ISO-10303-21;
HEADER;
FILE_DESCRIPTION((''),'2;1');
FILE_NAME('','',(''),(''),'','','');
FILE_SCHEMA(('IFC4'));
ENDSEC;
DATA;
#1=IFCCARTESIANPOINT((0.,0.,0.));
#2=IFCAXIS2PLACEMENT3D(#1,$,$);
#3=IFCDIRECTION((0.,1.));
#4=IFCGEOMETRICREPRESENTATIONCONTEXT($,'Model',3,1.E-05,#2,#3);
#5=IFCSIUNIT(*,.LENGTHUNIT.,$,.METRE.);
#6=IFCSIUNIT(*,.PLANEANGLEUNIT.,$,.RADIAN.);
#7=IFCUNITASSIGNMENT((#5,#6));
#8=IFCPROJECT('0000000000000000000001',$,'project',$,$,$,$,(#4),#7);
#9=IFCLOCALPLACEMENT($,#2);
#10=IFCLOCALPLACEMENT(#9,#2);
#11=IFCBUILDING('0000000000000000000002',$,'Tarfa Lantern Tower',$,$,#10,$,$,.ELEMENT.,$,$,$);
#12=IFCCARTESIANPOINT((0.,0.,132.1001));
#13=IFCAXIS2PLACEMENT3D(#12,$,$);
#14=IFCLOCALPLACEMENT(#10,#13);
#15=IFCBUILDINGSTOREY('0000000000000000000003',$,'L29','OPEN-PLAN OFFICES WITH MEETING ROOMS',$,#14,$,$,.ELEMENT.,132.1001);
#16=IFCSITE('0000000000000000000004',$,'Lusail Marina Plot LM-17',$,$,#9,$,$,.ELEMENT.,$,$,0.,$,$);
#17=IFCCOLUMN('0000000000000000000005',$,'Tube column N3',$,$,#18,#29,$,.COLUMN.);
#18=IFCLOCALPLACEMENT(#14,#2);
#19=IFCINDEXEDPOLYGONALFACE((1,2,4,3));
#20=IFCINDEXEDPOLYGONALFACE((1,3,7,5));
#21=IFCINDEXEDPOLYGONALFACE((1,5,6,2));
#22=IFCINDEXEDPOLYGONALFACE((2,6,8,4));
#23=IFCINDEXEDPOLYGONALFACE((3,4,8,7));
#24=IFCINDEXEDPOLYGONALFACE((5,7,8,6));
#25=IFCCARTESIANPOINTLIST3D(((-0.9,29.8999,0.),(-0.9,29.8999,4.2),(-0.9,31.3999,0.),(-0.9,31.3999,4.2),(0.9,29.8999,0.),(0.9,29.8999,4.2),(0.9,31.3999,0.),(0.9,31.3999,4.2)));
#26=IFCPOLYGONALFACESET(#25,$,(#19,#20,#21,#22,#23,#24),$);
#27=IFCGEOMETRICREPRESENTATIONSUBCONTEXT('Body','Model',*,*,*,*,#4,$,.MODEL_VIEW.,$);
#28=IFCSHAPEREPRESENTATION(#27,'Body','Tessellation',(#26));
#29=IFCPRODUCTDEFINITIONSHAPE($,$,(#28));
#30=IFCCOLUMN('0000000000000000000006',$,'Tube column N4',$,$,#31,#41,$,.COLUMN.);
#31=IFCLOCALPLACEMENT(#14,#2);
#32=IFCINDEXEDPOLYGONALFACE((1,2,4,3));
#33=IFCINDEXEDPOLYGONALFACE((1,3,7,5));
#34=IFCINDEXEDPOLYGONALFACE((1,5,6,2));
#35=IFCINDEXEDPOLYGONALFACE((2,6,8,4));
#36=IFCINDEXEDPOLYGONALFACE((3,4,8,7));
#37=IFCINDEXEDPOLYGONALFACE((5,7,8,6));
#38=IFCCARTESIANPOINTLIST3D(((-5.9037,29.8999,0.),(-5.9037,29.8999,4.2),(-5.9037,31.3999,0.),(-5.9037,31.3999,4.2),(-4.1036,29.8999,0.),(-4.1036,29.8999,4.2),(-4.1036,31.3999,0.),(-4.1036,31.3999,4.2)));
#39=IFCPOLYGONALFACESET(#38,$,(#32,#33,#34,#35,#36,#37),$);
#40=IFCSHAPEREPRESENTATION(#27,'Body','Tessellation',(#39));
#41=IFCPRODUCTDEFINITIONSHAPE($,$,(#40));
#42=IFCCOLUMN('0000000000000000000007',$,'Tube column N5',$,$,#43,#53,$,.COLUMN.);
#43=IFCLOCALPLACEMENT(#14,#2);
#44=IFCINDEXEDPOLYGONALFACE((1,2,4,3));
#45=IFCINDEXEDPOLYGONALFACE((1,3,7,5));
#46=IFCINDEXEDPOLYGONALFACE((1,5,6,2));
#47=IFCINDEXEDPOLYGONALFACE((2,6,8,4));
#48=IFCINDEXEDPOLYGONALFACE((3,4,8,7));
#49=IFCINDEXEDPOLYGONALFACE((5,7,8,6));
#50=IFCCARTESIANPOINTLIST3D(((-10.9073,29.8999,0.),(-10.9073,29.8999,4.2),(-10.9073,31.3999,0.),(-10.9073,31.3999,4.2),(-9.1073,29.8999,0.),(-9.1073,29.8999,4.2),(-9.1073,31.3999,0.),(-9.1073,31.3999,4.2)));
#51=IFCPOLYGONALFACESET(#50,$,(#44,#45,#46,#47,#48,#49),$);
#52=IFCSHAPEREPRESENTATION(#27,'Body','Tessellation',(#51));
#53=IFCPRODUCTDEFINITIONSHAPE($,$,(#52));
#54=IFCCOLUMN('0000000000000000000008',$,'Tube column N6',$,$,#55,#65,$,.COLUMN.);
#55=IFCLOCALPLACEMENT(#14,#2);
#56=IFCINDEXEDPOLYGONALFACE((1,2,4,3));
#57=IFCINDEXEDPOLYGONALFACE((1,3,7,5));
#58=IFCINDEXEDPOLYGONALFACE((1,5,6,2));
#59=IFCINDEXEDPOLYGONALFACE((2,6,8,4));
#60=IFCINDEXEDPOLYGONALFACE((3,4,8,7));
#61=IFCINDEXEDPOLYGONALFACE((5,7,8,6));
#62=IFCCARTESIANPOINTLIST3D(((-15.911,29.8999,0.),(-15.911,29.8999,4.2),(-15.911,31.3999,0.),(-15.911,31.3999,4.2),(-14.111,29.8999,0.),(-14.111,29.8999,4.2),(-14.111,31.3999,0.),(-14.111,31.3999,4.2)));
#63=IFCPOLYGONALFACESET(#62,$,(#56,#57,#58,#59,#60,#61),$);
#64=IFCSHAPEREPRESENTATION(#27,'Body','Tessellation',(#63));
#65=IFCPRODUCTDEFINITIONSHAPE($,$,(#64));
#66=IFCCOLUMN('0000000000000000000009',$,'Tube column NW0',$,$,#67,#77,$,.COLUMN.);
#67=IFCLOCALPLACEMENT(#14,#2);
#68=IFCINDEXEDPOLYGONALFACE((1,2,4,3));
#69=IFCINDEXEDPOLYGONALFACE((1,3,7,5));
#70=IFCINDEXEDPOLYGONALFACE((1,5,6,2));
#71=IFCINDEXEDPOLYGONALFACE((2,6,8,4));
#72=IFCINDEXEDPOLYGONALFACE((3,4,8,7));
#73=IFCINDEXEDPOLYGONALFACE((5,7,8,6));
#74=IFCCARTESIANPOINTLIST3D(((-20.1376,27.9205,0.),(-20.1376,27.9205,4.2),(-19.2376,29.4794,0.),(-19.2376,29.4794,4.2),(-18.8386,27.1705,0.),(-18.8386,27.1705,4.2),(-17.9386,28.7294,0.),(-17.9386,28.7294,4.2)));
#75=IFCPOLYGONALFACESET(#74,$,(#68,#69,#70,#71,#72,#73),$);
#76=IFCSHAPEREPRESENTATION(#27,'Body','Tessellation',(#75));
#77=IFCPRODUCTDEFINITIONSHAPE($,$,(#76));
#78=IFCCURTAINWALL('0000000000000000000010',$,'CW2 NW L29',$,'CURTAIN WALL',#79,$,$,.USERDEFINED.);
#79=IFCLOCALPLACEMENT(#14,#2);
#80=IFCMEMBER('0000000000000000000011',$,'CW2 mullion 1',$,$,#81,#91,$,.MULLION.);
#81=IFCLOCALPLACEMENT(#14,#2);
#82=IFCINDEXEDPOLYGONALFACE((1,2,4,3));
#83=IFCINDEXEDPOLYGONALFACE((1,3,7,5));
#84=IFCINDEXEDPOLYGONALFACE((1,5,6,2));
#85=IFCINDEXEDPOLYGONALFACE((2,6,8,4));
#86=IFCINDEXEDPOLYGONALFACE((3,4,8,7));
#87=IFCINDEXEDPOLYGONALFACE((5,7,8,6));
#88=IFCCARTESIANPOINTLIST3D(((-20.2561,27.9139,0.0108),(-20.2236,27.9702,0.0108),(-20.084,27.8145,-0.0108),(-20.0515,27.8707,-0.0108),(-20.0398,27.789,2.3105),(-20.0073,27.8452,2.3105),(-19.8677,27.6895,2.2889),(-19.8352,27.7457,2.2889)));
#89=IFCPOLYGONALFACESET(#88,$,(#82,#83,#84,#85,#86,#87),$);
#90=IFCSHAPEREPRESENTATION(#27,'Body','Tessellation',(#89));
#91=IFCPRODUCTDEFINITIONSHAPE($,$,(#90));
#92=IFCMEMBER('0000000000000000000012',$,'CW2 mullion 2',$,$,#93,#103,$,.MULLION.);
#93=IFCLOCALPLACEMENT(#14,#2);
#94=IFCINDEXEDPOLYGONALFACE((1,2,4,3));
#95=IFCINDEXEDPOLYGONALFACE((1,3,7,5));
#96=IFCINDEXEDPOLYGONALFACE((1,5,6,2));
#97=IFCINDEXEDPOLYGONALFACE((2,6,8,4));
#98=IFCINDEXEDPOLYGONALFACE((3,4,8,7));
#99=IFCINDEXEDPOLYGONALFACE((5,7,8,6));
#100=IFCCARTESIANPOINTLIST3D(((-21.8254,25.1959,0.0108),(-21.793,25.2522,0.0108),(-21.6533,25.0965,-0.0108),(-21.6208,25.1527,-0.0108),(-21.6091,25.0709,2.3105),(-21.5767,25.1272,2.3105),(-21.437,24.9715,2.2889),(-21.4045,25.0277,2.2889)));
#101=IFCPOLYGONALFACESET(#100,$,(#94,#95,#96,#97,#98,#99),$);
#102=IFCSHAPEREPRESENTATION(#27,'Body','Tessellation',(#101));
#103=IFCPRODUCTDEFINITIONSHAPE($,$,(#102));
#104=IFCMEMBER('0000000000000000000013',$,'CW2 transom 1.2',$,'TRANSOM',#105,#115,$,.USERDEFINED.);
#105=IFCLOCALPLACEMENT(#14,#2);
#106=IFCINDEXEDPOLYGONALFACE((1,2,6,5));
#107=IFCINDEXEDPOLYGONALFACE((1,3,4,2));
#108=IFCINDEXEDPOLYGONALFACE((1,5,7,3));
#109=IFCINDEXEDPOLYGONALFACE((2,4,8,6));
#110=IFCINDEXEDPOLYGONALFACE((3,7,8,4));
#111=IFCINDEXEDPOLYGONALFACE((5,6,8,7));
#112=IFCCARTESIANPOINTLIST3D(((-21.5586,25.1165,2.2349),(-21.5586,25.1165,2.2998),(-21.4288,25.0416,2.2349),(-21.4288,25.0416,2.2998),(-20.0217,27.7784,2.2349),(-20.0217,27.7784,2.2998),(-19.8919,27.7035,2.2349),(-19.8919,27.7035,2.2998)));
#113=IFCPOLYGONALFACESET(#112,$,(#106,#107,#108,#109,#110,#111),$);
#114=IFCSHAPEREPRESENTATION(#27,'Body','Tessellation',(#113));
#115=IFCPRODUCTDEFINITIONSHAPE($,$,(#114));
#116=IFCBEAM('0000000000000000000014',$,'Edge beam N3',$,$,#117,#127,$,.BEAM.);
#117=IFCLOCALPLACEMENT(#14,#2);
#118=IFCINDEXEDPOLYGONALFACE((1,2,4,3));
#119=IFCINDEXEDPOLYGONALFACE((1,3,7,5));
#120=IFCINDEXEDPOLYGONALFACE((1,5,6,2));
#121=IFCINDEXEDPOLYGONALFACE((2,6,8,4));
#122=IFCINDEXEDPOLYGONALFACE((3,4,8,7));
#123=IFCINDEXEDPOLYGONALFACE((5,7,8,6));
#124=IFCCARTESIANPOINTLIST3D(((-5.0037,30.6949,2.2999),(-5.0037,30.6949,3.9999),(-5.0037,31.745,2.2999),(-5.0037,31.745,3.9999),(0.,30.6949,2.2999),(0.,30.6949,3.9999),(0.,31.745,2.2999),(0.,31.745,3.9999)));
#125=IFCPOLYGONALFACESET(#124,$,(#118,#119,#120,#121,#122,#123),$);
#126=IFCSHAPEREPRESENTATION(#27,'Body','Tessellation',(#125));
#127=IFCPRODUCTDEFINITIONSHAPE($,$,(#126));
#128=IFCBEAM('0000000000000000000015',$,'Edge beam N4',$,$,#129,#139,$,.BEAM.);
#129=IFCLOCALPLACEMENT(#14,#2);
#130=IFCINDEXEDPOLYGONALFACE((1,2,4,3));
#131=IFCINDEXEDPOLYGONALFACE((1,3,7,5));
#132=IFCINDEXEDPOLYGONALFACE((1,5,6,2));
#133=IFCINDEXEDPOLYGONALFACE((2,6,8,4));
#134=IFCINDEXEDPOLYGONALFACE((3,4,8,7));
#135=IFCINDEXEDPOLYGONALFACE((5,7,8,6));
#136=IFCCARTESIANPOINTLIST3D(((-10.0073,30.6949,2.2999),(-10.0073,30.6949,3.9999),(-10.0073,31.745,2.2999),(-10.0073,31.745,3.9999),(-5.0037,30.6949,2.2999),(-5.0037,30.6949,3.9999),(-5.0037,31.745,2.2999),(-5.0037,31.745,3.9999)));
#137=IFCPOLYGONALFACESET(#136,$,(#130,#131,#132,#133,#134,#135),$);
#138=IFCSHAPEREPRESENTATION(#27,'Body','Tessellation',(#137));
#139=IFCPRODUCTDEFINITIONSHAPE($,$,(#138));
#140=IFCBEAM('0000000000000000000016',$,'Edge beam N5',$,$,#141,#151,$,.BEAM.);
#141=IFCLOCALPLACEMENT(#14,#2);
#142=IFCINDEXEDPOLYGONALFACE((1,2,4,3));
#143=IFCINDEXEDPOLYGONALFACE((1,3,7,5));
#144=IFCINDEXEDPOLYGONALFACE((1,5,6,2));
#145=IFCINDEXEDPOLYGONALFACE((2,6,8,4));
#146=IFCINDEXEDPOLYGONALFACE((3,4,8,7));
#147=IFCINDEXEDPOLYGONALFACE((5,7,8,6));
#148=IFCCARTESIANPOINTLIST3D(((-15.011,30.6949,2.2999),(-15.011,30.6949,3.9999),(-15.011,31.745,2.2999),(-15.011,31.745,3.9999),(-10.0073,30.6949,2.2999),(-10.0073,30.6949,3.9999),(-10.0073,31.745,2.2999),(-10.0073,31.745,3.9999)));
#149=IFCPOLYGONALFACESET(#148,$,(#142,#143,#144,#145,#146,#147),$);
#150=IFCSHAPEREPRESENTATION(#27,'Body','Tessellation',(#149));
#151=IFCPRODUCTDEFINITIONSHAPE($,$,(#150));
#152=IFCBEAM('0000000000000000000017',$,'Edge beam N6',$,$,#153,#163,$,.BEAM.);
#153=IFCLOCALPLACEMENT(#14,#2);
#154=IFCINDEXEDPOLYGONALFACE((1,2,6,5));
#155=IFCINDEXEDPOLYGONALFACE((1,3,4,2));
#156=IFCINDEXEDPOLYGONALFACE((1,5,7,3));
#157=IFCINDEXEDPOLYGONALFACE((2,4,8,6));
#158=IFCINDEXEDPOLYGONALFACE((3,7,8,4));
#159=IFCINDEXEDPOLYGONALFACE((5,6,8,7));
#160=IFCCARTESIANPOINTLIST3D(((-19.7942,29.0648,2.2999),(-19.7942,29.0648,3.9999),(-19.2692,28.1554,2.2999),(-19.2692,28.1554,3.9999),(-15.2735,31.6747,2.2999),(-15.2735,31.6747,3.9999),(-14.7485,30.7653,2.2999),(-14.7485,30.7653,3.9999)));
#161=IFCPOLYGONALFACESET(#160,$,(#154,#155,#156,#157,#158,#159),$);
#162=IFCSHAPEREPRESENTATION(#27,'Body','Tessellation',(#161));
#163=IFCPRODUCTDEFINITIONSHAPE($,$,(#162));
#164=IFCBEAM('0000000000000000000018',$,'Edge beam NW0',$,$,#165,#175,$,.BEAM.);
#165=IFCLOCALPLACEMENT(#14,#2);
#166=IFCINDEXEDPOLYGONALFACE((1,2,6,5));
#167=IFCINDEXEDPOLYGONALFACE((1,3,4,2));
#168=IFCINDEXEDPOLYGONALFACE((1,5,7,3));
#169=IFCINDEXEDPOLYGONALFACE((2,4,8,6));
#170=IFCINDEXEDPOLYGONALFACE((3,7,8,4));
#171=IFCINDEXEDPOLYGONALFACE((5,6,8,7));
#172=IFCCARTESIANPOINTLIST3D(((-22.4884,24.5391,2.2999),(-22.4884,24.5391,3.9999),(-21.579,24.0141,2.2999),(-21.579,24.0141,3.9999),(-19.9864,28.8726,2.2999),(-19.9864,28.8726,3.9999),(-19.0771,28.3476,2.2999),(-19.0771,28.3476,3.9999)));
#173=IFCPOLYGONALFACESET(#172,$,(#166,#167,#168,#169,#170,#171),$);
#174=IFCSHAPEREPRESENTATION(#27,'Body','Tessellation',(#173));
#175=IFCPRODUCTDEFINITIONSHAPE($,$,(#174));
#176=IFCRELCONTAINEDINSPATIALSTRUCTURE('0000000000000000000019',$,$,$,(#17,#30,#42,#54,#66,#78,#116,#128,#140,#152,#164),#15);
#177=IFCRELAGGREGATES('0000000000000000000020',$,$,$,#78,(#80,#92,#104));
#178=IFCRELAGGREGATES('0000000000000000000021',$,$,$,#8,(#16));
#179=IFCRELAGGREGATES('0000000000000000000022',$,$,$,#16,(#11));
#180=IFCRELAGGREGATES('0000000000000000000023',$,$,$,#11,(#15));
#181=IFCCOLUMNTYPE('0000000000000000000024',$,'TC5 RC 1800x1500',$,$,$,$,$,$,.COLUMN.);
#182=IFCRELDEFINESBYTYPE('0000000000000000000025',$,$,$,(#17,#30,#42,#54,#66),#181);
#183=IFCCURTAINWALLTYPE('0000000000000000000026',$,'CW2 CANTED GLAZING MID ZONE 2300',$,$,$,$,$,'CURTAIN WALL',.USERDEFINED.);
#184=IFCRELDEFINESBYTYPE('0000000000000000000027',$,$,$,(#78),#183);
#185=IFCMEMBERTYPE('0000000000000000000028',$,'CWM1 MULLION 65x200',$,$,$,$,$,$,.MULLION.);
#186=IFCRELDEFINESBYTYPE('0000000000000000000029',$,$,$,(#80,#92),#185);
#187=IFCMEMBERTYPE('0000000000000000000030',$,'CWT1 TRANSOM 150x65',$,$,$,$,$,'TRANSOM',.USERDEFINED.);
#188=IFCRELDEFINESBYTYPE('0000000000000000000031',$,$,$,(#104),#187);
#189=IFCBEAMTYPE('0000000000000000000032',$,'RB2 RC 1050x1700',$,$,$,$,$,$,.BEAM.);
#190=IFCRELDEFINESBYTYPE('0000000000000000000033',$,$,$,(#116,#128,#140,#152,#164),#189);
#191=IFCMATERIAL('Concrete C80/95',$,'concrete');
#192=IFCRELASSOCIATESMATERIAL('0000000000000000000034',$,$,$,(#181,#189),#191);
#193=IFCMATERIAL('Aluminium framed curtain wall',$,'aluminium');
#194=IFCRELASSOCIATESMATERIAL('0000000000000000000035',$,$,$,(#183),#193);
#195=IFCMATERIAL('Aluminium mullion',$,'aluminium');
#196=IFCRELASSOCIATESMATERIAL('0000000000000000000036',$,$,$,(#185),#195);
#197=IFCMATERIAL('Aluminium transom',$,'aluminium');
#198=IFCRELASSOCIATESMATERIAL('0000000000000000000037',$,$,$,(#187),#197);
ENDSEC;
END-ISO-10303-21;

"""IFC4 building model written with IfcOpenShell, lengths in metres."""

from ifc_helpers import new_model, si_unit, direction, frame, origin, origin_2d, place, context, subcontext, project, spatial, rectangle, extrude, material, material_profile, profile_set, type_object, element, aggregate, save


model = new_model("IFC4")

# Units and contexts
model_context = context("Model", 3, precision=1e-05, world=origin(), true_north=direction((0.0, 1.0)))
body_context = subcontext(model_context, "Body", "Model", "MODEL_VIEW")
ifc_project = project(units=[si_unit("LENGTHUNIT", "METRE"), si_unit("PLANEANGLEUNIT", "RADIAN")], contexts=[model_context])

# Site, building, storey
site_placement = place(None, origin())
site = spatial("IfcSite", under=ifc_project, at=site_placement, Name="Lusail Marina Plot LM-17", CompositionType="ELEMENT", RefElevation=0.0)
building_placement = place(site_placement, origin())
building = spatial("IfcBuilding", under=site, at=building_placement, Name="Tarfa Lantern Tower", CompositionType="ELEMENT")
storey_placement = place(building_placement, frame((0.0, 0.0, 132.1001)))
storey = spatial("IfcBuildingStorey", under=building, at=storey_placement, Name="L29", Description="OPEN-PLAN OFFICES WITH MEETING ROOMS", CompositionType="ELEMENT", Elevation=132.1001)

# Columns
ifc_material_1 = material(Name="Concrete C80/95", Category="concrete")
ifc_material_profile_1 = material_profile(ifc_material_1, rectangle(XDim=1.8, YDim=1.5, at=origin_2d()), Name="RC 1800x1500")
ifc_profile_set_1 = profile_set([ifc_material_profile_1], Name="Concrete C80/95")
column_type = type_object("IfcColumnType", Name="TC5 RC 1800x1500", PredefinedType="COLUMN", material=ifc_profile_set_1)
for number, where, z_axis, x_axis, name in (
    (1, (0.0, 30.6499, 0.0), (0.0, 0.0, 1.0), (-1.0, 0.0, 0.0), "Tube column N3"),
    (2, (-5.0037, 30.6499, 0.0), (0.0, 0.0, 1.0), (-1.0, 0.0, 0.0), "Tube column N4"),
    (3, (-10.0073, 30.6499, 0.0), (0.0, 0.0, 1.0), (-1.0, 0.0, 0.0), "Tube column N5"),
    (4, (-15.011, 30.6499, 0.0), (0.0, 0.0, 1.0), (-1.0, 0.0, 0.0), "Tube column N6"),
    (5, (-19.0381, 28.325, 0.0), (0.0, 0.0, 1.0), (-0.5, -0.866025, 0.0), "Tube column NW0"),
):
    element("IfcColumn", number, at=place(storey_placement, frame(where, z_axis=z_axis, x_axis=x_axis)), inside=storey, type_object=column_type, Name=name, PredefinedType="COLUMN", context=body_context, shape_type="SweptSolid", body=[
        extrude(rectangle(XDim=1.8, YDim=1.5, at=origin_2d()), origin(), (0.0, 0.0, 1.0), 4.2),
    ])

# Curtain wall, members
ifc_material_2 = material(Name="Aluminium framed curtain wall", Category="aluminium")
curtain_wall_type = type_object("IfcCurtainWallType", Name="CW2 CANTED GLAZING MID ZONE 2300", ElementType="CURTAIN WALL", PredefinedType="USERDEFINED", material=ifc_material_2)
curtain_wall_placement = place(storey_placement, origin())
curtain_wall = element("IfcCurtainWall", 6, at=curtain_wall_placement, inside=storey, type_object=curtain_wall_type, Name="CW2 NW L29", ObjectType="CURTAIN WALL", PredefinedType="USERDEFINED")
ifc_material_3 = material(Name="Aluminium mullion", Category="aluminium")
ifc_material_profile_2 = material_profile(ifc_material_3, rectangle(XDim=0.0649, YDim=0.2, at=origin_2d()), Name="AL MULLION 65x200")
ifc_profile_set_2 = profile_set([ifc_material_profile_2], Name="Aluminium mullion")
member_type_1 = type_object("IfcMemberType", Name="CWM1 MULLION 65x200", PredefinedType="MULLION", material=ifc_profile_set_2)
member_1_placement = place(storey_placement, frame((-20.1538, 27.8923, 0.0), z_axis=(0.093505, -0.054035, 0.994151), x_axis=(0.500343, 0.865827, 0.0)))
member_1 = element("IfcMember", 7, at=member_1_placement, type_object=member_type_1, Name="CW2 mullion 1", PredefinedType="MULLION", context=body_context, shape_type="SweptSolid", body=[
    extrude(rectangle(XDim=0.0649, YDim=0.2, at=origin_2d()), origin(), (0.0, 0.0, 1.0), 2.3132),
])
member_2_placement = place(storey_placement, frame((-21.7231, 25.1743, 0.0), z_axis=(0.093505, -0.054035, 0.994151), x_axis=(0.500343, 0.865827, 0.0)))
member_2 = element("IfcMember", 8, at=member_2_placement, type_object=member_type_1, Name="CW2 mullion 2", PredefinedType="MULLION", context=body_context, shape_type="SweptSolid", body=[
    extrude(rectangle(XDim=0.0649, YDim=0.2, at=origin_2d()), origin(), (0.0, 0.0, 1.0), 2.3132),
])
ifc_material_4 = material(Name="Aluminium transom", Category="aluminium")
ifc_material_profile_3 = material_profile(ifc_material_4, rectangle(XDim=0.1499, YDim=0.0649, at=origin_2d()), Name="AL TRANSOM 150x65")
ifc_profile_set_3 = profile_set([ifc_material_profile_3], Name="Aluminium transom")
member_type_2 = type_object("IfcMemberType", Name="CWT1 TRANSOM 150x65", ElementType="TRANSOM", PredefinedType="USERDEFINED", material=ifc_profile_set_3)
member_3_placement = place(storey_placement, frame((-19.9568, 27.741, 2.2673), z_axis=(-0.500009, -0.86602, 0.0), x_axis=(0.86602, -0.500009, 0.0)))
member_3 = element("IfcMember", 9, at=member_3_placement, type_object=member_type_2, Name="CW2 transom 1.2", ObjectType="TRANSOM", PredefinedType="USERDEFINED", context=body_context, shape_type="SweptSolid", body=[
    extrude(rectangle(XDim=0.1499, YDim=0.0649, at=origin_2d()), origin(), (0.0, 0.0, 1.0), 3.0737),
])

# Beams
ifc_material_profile_4 = material_profile(ifc_material_1, rectangle(XDim=1.05, YDim=1.7, at=origin_2d()), Name="RC 1050x1700")
ifc_profile_set_4 = profile_set([ifc_material_profile_4], Name="Concrete C80/95")
beam_type_1 = type_object("IfcBeamType", Name="RB2 RC 1050x1700", PredefinedType="BEAM", material=ifc_profile_set_4)
for number, where, z_axis, x_axis, name in (
    (10, (0.0, 31.22, 3.1499), (-1.0, 0.0, 0.0), (0.0, -1.0, 0.0), "Edge beam N3"),
    (11, (-5.0037, 31.22, 3.1499), (-1.0, 0.0, 0.0), (0.0, -1.0, 0.0), "Edge beam N4"),
    (12, (-10.0073, 31.22, 3.1499), (-1.0, 0.0, 0.0), (0.0, -1.0, 0.0), "Edge beam N5"),
):
    element("IfcBeam", number, at=place(storey_placement, frame(where, z_axis=z_axis, x_axis=x_axis)), inside=storey, type_object=beam_type_1, Name=name, PredefinedType="BEAM", context=body_context, shape_type="SweptSolid", body=[
        extrude(rectangle(XDim=1.05, YDim=1.7, at=origin_2d()), origin(), (0.0, 0.0, 1.0), 5.0037),
    ])
beam_1_placement = place(storey_placement, frame((-15.011, 31.22, 3.1499), z_axis=(-0.866042, -0.499972, 0.0), x_axis=(0.499972, -0.866042, 0.0)))
element("IfcBeam", 13, at=beam_1_placement, inside=storey, type_object=beam_type_1, Name="Edge beam N6", PredefinedType="BEAM", context=body_context, shape_type="SweptSolid", body=[
    extrude(rectangle(XDim=1.05, YDim=1.7, at=origin_2d()), origin(), (0.0, 0.0, 1.0), 5.22),
])
beam_2_placement = place(storey_placement, frame((-19.5317, 28.6101, 3.1499), z_axis=(-0.500001, -0.866025, 0.0), x_axis=(0.866025, -0.500001, 0.0)))
element("IfcBeam", 14, at=beam_2_placement, inside=storey, type_object=beam_type_1, Name="Edge beam NW0", PredefinedType="BEAM", context=body_context, shape_type="SweptSolid", body=[
    extrude(rectangle(XDim=1.05, YDim=1.7, at=origin_2d()), origin(), (0.0, 0.0, 1.0), 5.0039),
])

aggregate(curtain_wall, [member_1, member_2, member_3])

save(model, "model.ifc")
